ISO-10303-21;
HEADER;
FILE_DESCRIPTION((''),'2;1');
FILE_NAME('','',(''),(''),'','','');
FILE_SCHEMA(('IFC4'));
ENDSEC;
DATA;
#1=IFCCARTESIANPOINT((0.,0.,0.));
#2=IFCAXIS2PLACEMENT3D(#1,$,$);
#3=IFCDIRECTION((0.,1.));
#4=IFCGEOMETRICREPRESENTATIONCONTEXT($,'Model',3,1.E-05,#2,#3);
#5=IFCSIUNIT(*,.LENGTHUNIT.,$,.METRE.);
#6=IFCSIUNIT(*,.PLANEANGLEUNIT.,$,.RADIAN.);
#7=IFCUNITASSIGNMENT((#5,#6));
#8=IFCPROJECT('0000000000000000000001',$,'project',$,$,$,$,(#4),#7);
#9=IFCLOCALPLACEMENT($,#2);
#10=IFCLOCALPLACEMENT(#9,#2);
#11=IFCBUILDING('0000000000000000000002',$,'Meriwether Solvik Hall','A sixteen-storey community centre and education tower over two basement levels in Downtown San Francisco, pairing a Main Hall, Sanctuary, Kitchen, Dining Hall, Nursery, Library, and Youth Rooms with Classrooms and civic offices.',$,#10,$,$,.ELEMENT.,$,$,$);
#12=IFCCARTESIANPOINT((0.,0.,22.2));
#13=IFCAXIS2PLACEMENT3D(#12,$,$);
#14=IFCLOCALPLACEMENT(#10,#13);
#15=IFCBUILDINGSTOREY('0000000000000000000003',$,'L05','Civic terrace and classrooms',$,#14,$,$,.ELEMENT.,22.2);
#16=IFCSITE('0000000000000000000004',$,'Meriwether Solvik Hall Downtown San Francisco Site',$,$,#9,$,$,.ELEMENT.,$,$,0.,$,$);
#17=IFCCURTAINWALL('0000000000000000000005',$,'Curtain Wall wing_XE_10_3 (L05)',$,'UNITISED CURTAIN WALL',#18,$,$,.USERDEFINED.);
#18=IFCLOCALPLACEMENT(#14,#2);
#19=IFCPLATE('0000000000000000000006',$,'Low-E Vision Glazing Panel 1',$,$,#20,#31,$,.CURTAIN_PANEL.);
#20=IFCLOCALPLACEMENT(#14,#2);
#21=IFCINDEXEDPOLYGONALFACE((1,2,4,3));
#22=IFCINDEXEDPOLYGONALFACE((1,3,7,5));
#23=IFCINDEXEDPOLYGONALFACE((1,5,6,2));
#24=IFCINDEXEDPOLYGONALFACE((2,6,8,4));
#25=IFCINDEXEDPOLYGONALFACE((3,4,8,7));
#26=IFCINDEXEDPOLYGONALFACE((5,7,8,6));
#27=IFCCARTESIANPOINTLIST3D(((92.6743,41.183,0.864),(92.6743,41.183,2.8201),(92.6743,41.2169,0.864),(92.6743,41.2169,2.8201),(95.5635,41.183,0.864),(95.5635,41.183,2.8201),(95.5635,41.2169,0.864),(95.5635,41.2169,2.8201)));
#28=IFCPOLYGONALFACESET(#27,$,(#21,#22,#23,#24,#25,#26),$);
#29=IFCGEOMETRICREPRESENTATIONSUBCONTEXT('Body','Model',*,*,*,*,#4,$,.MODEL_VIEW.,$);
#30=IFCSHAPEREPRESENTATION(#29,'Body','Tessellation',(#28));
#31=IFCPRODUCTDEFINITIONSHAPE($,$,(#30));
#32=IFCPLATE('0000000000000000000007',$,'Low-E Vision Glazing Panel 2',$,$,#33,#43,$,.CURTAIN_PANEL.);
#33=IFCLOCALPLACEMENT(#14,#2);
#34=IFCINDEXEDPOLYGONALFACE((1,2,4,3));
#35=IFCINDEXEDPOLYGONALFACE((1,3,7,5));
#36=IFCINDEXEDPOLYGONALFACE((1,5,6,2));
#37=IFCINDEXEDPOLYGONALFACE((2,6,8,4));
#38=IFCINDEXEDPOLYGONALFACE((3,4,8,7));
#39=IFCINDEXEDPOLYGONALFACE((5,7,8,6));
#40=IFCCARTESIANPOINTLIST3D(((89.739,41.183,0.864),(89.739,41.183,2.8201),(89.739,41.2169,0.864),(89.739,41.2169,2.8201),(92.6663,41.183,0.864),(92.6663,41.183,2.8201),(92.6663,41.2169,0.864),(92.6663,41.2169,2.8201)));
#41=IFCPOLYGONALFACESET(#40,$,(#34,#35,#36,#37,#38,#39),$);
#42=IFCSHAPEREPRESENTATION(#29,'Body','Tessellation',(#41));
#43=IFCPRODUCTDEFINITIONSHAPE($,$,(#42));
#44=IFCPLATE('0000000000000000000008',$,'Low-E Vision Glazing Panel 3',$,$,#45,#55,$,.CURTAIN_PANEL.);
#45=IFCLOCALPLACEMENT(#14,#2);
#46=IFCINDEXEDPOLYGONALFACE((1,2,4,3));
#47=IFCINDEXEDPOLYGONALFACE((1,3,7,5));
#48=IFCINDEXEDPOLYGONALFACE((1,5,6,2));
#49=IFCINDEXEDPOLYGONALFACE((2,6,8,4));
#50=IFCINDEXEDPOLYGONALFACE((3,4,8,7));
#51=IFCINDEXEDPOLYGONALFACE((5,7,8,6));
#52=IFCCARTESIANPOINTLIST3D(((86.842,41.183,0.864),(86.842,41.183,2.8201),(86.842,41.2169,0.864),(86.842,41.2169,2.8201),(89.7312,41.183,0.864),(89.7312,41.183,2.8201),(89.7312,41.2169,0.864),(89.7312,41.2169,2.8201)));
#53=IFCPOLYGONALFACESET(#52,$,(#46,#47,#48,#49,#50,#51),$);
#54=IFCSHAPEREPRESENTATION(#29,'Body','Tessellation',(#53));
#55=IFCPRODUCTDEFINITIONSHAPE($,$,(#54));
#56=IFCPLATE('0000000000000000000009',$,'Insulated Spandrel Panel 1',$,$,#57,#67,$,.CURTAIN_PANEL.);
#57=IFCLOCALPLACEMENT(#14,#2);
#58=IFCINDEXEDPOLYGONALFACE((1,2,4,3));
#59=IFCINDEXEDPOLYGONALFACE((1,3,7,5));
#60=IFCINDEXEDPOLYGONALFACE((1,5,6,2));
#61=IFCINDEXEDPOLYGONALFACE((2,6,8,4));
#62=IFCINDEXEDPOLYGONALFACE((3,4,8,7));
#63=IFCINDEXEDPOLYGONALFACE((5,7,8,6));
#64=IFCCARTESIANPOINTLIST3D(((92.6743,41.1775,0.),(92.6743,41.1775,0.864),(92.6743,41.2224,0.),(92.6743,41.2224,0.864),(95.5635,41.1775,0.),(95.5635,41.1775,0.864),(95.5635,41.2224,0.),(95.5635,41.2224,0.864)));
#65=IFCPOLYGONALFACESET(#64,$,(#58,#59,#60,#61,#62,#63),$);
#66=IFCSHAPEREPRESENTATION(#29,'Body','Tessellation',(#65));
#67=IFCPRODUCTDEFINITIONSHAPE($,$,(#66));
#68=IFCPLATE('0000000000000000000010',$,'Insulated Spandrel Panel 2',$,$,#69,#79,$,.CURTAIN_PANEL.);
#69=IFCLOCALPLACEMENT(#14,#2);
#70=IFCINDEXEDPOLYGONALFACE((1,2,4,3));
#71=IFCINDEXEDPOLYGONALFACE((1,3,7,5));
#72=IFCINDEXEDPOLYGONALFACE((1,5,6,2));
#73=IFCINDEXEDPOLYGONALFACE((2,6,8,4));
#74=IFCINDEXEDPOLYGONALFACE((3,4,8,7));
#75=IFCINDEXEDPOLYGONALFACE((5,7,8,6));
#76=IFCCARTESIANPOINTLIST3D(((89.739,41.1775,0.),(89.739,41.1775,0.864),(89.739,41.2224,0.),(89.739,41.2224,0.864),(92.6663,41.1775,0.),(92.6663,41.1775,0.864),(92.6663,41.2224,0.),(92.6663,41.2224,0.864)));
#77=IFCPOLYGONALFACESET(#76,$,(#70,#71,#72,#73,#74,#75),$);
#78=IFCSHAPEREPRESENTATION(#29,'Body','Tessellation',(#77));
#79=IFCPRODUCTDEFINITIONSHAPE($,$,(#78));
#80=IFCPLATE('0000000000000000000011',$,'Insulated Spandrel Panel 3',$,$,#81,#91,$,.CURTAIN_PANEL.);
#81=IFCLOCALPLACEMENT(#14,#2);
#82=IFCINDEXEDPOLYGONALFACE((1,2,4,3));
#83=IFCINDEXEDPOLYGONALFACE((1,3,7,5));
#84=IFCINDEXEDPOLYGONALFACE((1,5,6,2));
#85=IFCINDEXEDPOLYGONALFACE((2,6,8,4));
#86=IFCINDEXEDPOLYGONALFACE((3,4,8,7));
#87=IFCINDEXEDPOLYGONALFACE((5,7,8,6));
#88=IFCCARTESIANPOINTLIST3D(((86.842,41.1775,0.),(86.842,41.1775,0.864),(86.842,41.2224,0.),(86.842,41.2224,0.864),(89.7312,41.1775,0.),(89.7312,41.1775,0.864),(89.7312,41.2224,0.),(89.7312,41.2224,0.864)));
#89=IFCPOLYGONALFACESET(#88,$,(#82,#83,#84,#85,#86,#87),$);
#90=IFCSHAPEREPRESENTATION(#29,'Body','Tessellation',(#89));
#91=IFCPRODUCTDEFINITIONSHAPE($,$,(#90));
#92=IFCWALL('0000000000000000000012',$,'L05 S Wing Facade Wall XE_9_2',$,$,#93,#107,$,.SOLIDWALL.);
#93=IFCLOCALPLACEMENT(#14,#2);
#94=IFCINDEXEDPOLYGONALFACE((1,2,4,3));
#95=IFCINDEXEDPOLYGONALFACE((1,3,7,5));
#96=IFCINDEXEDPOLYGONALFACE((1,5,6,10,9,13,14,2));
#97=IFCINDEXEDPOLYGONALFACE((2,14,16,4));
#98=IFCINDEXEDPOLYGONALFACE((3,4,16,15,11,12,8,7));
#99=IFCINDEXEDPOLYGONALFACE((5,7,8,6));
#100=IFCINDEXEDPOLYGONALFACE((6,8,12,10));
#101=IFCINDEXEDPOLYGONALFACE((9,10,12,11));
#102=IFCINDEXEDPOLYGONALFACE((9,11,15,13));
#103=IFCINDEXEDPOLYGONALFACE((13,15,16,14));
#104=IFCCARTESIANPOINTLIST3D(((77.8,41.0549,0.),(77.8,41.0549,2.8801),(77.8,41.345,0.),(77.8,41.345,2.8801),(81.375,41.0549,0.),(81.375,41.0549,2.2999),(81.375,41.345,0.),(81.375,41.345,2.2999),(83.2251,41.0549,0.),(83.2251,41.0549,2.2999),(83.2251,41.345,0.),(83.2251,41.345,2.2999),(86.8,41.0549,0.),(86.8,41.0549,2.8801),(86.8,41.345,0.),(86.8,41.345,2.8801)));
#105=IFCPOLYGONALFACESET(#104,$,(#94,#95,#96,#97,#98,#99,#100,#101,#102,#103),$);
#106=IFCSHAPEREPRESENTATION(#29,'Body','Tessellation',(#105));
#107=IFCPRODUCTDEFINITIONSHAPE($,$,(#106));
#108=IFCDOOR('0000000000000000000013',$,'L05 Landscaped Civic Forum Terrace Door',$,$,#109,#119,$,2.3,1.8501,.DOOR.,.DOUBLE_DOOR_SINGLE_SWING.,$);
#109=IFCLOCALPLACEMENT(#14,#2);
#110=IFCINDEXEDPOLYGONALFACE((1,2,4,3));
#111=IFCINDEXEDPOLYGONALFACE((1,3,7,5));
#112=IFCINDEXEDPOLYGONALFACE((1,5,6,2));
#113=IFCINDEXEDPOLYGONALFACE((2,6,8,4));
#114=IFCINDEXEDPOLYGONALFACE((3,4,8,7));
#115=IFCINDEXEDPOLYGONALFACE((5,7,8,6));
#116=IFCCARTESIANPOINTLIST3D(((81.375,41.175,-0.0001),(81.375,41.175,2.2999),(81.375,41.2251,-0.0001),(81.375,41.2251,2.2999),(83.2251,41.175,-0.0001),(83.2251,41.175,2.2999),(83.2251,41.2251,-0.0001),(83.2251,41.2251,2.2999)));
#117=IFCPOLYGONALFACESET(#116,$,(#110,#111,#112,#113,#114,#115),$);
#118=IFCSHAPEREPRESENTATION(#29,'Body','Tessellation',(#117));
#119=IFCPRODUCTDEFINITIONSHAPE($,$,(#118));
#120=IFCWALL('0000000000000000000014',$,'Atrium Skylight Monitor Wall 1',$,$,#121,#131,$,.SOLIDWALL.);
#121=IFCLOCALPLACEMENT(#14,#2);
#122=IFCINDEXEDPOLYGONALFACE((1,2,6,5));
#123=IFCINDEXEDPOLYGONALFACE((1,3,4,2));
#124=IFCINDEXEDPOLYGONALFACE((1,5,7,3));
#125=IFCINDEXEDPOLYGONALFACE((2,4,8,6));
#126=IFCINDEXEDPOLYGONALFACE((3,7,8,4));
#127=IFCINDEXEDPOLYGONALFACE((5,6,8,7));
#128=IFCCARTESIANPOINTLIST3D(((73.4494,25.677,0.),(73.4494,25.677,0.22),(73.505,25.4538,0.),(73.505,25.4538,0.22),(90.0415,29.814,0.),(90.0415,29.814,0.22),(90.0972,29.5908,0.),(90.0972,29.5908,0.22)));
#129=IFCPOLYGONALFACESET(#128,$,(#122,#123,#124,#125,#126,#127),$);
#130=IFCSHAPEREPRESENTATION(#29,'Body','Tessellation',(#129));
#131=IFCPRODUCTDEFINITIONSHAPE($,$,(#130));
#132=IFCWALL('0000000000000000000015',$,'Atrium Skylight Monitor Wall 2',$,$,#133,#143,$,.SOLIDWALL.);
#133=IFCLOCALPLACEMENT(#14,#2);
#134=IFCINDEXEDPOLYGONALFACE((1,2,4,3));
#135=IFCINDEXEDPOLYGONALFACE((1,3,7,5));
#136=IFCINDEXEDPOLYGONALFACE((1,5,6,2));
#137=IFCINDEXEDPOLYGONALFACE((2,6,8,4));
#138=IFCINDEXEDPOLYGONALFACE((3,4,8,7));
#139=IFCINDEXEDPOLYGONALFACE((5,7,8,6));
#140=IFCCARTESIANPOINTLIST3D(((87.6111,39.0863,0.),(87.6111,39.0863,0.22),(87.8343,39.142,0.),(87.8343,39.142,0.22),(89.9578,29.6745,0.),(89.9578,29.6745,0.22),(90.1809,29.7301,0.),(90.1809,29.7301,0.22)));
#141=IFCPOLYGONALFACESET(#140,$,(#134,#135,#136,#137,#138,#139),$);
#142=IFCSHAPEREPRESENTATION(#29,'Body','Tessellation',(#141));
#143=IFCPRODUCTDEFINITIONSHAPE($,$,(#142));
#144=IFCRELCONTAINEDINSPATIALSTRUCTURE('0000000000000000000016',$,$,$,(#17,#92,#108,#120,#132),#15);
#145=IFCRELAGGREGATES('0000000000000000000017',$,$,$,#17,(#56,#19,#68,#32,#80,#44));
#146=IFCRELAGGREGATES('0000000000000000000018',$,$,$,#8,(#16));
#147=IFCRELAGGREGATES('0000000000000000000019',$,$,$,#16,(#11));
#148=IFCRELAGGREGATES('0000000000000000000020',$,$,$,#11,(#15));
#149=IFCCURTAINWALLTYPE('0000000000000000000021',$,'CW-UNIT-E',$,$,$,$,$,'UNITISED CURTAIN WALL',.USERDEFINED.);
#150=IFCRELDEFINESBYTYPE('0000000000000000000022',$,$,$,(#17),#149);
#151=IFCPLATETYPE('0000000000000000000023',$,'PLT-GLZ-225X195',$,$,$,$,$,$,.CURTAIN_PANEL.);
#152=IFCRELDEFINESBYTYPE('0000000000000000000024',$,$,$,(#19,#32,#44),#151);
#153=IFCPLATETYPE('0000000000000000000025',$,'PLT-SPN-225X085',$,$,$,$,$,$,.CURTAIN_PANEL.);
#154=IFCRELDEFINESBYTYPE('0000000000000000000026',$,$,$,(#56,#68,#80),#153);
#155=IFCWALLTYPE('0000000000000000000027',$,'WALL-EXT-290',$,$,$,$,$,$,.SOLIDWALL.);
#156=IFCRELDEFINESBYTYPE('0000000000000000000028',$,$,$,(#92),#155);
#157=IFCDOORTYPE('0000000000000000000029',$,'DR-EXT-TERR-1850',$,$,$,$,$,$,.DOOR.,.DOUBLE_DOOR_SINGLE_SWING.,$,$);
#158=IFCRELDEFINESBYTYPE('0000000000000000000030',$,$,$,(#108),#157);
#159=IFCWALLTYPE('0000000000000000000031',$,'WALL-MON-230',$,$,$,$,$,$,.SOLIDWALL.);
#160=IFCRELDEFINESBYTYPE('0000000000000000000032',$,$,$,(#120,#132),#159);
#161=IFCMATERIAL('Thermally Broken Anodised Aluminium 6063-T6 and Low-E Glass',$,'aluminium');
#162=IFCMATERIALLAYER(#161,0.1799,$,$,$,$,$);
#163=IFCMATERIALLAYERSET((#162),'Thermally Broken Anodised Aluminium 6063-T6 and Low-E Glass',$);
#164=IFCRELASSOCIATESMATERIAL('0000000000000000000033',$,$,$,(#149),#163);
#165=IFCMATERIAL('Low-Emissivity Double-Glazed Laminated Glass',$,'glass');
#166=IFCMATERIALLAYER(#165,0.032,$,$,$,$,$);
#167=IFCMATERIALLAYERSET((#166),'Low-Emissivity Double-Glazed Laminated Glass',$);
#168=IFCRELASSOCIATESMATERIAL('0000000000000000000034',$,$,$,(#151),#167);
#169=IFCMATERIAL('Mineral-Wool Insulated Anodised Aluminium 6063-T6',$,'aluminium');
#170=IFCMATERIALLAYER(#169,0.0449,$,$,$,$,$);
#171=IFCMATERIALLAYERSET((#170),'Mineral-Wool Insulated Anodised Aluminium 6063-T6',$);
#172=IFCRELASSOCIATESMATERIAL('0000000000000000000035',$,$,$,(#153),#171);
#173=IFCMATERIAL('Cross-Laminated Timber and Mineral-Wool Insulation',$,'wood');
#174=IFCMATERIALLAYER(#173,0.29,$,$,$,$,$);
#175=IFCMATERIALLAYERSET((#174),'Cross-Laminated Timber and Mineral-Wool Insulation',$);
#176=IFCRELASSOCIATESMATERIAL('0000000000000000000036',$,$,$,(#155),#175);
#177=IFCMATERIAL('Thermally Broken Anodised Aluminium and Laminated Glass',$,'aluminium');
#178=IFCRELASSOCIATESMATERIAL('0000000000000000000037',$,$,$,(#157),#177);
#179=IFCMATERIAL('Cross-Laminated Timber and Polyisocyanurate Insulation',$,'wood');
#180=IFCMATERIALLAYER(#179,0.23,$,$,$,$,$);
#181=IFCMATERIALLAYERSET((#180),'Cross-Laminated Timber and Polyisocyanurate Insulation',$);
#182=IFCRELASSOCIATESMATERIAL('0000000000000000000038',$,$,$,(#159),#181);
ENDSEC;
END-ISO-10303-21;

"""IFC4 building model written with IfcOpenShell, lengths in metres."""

from ifc_helpers import new_model, si_unit, direction, frame, frame_2d, origin, origin_2d, place, context, subcontext, project, spatial, rectangle, extrude, material, layer, layer_set, type_object, element, fill, aggregate, save


model = new_model("IFC4")

# Units and contexts
model_context = context("Model", 3, precision=1e-05, world=origin(), true_north=direction((0.0, 1.0)))
body_context = subcontext(model_context, "Body", "Model", "MODEL_VIEW")
ifc_project = project(units=[si_unit("LENGTHUNIT", "METRE"), si_unit("PLANEANGLEUNIT", "RADIAN")], contexts=[model_context])

# Site, building, storey
site_placement = place(None, origin())
site = spatial("IfcSite", under=ifc_project, at=site_placement, Name="Meriwether Solvik Hall Downtown San Francisco Site", CompositionType="ELEMENT", RefElevation=0.0)
building_placement = place(site_placement, origin())
building = spatial("IfcBuilding", under=site, at=building_placement, Name="Meriwether Solvik Hall", Description="A sixteen-storey community centre and education tower over two basement levels in Downtown San Francisco, pairing a Main Hall, Sanctuary, Kitchen, Dining Hall, Nursery, Library, and Youth Rooms with Classrooms and civic offices.", CompositionType="ELEMENT")
storey_placement = place(building_placement, frame((0.0, 0.0, 22.2)))
storey = spatial("IfcBuildingStorey", under=building, at=storey_placement, Name="L05", Description="Civic terrace and classrooms", CompositionType="ELEMENT", Elevation=22.2)

# Curtain wall, plates
ifc_material_1 = material(Name="Thermally Broken Anodised Aluminium 6063-T6 and Low-E Glass", Category="aluminium")
ifc_layer_1 = layer(ifc_material_1, 0.1799)
ifc_layer_set_1 = layer_set([ifc_layer_1], Name="Thermally Broken Anodised Aluminium 6063-T6 and Low-E Glass")
curtain_wall_type = type_object("IfcCurtainWallType", Name="CW-UNIT-E", ElementType="UNITISED CURTAIN WALL", PredefinedType="USERDEFINED", material=ifc_layer_set_1)
curtain_wall_placement = place(storey_placement, origin())
curtain_wall = element("IfcCurtainWall", 1, at=curtain_wall_placement, inside=storey, type_object=curtain_wall_type, Name="Curtain Wall wing_XE_10_3 (L05)", ObjectType="UNITISED CURTAIN WALL", PredefinedType="USERDEFINED")
ifc_material_2 = material(Name="Low-Emissivity Double-Glazed Laminated Glass", Category="glass")
ifc_layer_2 = layer(ifc_material_2, 0.032)
ifc_layer_set_2 = layer_set([ifc_layer_2], Name="Low-Emissivity Double-Glazed Laminated Glass")
plate_type_1 = type_object("IfcPlateType", Name="PLT-GLZ-225X195", PredefinedType="CURTAIN_PANEL", material=ifc_layer_set_2)
plate_1_placement = place(storey_placement, frame((94.1189, 41.2, 0.864), z_axis=(0.0, 0.0, 1.0), x_axis=(-1.0, 0.0, 0.0)))
plate_1 = element("IfcPlate", 2, at=plate_1_placement, type_object=plate_type_1, Name="Low-E Vision Glazing Panel 1", PredefinedType="CURTAIN_PANEL", context=body_context, shape_type="SweptSolid", body=[
    extrude(rectangle(XDim=2.8892, YDim=0.0339, at=origin_2d()), origin(), (0.0, 0.0, 1.0), 1.9561),
])
plate_2_placement = place(storey_placement, frame((91.2026, 41.2, 0.864), z_axis=(0.0, 0.0, 1.0), x_axis=(-1.0, 0.0, 0.0)))
plate_2 = element("IfcPlate", 3, at=plate_2_placement, type_object=plate_type_1, Name="Low-E Vision Glazing Panel 2", PredefinedType="CURTAIN_PANEL", context=body_context, shape_type="SweptSolid", body=[
    extrude(rectangle(XDim=2.9272, YDim=0.0339, at=origin_2d()), origin(), (0.0, 0.0, 1.0), 1.9561),
])
plate_3_placement = place(storey_placement, frame((88.2866, 41.2, 0.864), z_axis=(0.0, 0.0, 1.0), x_axis=(-1.0, 0.0, 0.0)))
plate_3 = element("IfcPlate", 4, at=plate_3_placement, type_object=plate_type_1, Name="Low-E Vision Glazing Panel 3", PredefinedType="CURTAIN_PANEL", context=body_context, shape_type="SweptSolid", body=[
    extrude(rectangle(XDim=2.8892, YDim=0.0339, at=origin_2d()), origin(), (0.0, 0.0, 1.0), 1.9561),
])
ifc_material_3 = material(Name="Mineral-Wool Insulated Anodised Aluminium 6063-T6", Category="aluminium")
ifc_layer_3 = layer(ifc_material_3, 0.0449)
ifc_layer_set_3 = layer_set([ifc_layer_3], Name="Mineral-Wool Insulated Anodised Aluminium 6063-T6")
plate_type_2 = type_object("IfcPlateType", Name="PLT-SPN-225X085", PredefinedType="CURTAIN_PANEL", material=ifc_layer_set_3)
plate_4_placement = place(storey_placement, frame((94.1189, 41.2, 0.0), z_axis=(0.0, 0.0, 1.0), x_axis=(-1.0, 0.0, 0.0)))
plate_4 = element("IfcPlate", 5, at=plate_4_placement, type_object=plate_type_2, Name="Insulated Spandrel Panel 1", PredefinedType="CURTAIN_PANEL", context=body_context, shape_type="SweptSolid", body=[
    extrude(rectangle(XDim=2.8892, YDim=0.0449, at=origin_2d()), origin(), (0.0, 0.0, 1.0), 0.864),
])
plate_5_placement = place(storey_placement, frame((91.2026, 41.2, 0.0), z_axis=(0.0, 0.0, 1.0), x_axis=(-1.0, 0.0, 0.0)))
plate_5 = element("IfcPlate", 6, at=plate_5_placement, type_object=plate_type_2, Name="Insulated Spandrel Panel 2", PredefinedType="CURTAIN_PANEL", context=body_context, shape_type="SweptSolid", body=[
    extrude(rectangle(XDim=2.9272, YDim=0.0449, at=origin_2d()), origin(), (0.0, 0.0, 1.0), 0.864),
])
plate_6_placement = place(storey_placement, frame((88.2866, 41.2, 0.0), z_axis=(0.0, 0.0, 1.0), x_axis=(-1.0, 0.0, 0.0)))
plate_6 = element("IfcPlate", 7, at=plate_6_placement, type_object=plate_type_2, Name="Insulated Spandrel Panel 3", PredefinedType="CURTAIN_PANEL", context=body_context, shape_type="SweptSolid", body=[
    extrude(rectangle(XDim=2.8892, YDim=0.0449, at=origin_2d()), origin(), (0.0, 0.0, 1.0), 0.864),
])
aggregate(curtain_wall, [plate_4, plate_1, plate_5, plate_2, plate_6, plate_3])

# Wall, opening, door
ifc_material_4 = material(Name="Cross-Laminated Timber and Mineral-Wool Insulation", Category="wood")
ifc_layer_4 = layer(ifc_material_4, 0.29)
ifc_layer_set_4 = layer_set([ifc_layer_4], Name="Cross-Laminated Timber and Mineral-Wool Insulation")
wall_type_1 = type_object("IfcWallType", Name="WALL-EXT-290", PredefinedType="SOLIDWALL", material=ifc_layer_set_4)
wall_1_placement = place(storey_placement, frame((86.8, 41.2, 0.0), z_axis=(0.0, 0.0, 1.0), x_axis=(-1.0, 0.0, 0.0)))
wall_1 = element("IfcWall", 8, at=wall_1_placement, inside=storey, type_object=wall_type_1, Name="L05 S Wing Facade Wall XE_9_2", PredefinedType="SOLIDWALL", context=body_context, shape_type="SweptSolid", body=[
    extrude(rectangle(XDim=9.0, YDim=0.29, at=frame_2d((4.5, 0.0))), origin(), (0.0, 0.0, 1.0), 2.8801),
])
opening_placement = place(wall_1_placement, frame((3.575, 0.0, 0.0)))
opening = element("IfcOpeningElement", 9, at=opening_placement, cuts=wall_1, PredefinedType="OPENING", context=body_context, shape_type="SweptSolid", body=[
    extrude(rectangle(XDim=1.8501, YDim=2.3, at=frame_2d((0.925, 1.1499))), frame((0.0, 0.157, 0.0), z_axis=(0.0, -1.0, 0.0), x_axis=(1.0, 0.0, 0.0)), (0.0, 0.0, 1.0), 0.314),
])
ifc_material_5 = material(Name="Thermally Broken Anodised Aluminium and Laminated Glass", Category="aluminium")
door_type = type_object("IfcDoorType", Name="DR-EXT-TERR-1850", OperationType="DOUBLE_DOOR_SINGLE_SWING", PredefinedType="DOOR", material=ifc_material_5)
door_placement = place(opening_placement, origin())
door = element("IfcDoor", 10, at=door_placement, inside=storey, type_object=door_type, Name="L05 Landscaped Civic Forum Terrace Door", OperationType="DOUBLE_DOOR_SINGLE_SWING", OverallHeight=2.3, OverallWidth=1.8501, PredefinedType="DOOR", context=body_context, shape_type="SweptSolid", body=[
    extrude(rectangle(XDim=1.8501, YDim=2.3, at=frame_2d((0.925, 1.1499))), frame((0.0, 0.0249, 0.0), z_axis=(0.0, -1.0, 0.0), x_axis=(1.0, 0.0, 0.0)), (0.0, 0.0, 1.0), 0.05),
])
fill(opening, door)

# Walls
ifc_material_6 = material(Name="Cross-Laminated Timber and Polyisocyanurate Insulation", Category="wood")
ifc_layer_5 = layer(ifc_material_6, 0.23)
ifc_layer_set_5 = layer_set([ifc_layer_5], Name="Cross-Laminated Timber and Polyisocyanurate Insulation")
wall_type_2 = type_object("IfcWallType", Name="WALL-MON-230", PredefinedType="SOLIDWALL", material=ifc_layer_set_5)
wall_2_placement = place(storey_placement, frame((90.0693, 29.7024, 0.0), z_axis=(0.0, 0.0, 1.0), x_axis=(-0.970294, -0.241928, 0.0)))
element("IfcWall", 11, at=wall_2_placement, inside=storey, type_object=wall_type_2, Name="Atrium Skylight Monitor Wall 1", PredefinedType="SOLIDWALL", context=body_context, shape_type="SweptSolid", body=[
    extrude(rectangle(XDim=17.1001, YDim=0.23, at=frame_2d((8.55, 0.0))), origin(), (0.0, 0.0, 1.0), 0.22),
])
wall_3_placement = place(storey_placement, frame((87.7227, 39.1143, 0.0), z_axis=(0.0, 0.0, 1.0), x_axis=(0.241926, -0.970295, 0.0)))
element("IfcWall", 12, at=wall_3_placement, inside=storey, type_object=wall_type_2, Name="Atrium Skylight Monitor Wall 2", PredefinedType="SOLIDWALL", context=body_context, shape_type="SweptSolid", body=[
    extrude(rectangle(XDim=9.7, YDim=0.23, at=frame_2d((4.8501, 0.0))), origin(), (0.0, 0.0, 1.0), 0.22),
])

save(model, "model.ifc")
